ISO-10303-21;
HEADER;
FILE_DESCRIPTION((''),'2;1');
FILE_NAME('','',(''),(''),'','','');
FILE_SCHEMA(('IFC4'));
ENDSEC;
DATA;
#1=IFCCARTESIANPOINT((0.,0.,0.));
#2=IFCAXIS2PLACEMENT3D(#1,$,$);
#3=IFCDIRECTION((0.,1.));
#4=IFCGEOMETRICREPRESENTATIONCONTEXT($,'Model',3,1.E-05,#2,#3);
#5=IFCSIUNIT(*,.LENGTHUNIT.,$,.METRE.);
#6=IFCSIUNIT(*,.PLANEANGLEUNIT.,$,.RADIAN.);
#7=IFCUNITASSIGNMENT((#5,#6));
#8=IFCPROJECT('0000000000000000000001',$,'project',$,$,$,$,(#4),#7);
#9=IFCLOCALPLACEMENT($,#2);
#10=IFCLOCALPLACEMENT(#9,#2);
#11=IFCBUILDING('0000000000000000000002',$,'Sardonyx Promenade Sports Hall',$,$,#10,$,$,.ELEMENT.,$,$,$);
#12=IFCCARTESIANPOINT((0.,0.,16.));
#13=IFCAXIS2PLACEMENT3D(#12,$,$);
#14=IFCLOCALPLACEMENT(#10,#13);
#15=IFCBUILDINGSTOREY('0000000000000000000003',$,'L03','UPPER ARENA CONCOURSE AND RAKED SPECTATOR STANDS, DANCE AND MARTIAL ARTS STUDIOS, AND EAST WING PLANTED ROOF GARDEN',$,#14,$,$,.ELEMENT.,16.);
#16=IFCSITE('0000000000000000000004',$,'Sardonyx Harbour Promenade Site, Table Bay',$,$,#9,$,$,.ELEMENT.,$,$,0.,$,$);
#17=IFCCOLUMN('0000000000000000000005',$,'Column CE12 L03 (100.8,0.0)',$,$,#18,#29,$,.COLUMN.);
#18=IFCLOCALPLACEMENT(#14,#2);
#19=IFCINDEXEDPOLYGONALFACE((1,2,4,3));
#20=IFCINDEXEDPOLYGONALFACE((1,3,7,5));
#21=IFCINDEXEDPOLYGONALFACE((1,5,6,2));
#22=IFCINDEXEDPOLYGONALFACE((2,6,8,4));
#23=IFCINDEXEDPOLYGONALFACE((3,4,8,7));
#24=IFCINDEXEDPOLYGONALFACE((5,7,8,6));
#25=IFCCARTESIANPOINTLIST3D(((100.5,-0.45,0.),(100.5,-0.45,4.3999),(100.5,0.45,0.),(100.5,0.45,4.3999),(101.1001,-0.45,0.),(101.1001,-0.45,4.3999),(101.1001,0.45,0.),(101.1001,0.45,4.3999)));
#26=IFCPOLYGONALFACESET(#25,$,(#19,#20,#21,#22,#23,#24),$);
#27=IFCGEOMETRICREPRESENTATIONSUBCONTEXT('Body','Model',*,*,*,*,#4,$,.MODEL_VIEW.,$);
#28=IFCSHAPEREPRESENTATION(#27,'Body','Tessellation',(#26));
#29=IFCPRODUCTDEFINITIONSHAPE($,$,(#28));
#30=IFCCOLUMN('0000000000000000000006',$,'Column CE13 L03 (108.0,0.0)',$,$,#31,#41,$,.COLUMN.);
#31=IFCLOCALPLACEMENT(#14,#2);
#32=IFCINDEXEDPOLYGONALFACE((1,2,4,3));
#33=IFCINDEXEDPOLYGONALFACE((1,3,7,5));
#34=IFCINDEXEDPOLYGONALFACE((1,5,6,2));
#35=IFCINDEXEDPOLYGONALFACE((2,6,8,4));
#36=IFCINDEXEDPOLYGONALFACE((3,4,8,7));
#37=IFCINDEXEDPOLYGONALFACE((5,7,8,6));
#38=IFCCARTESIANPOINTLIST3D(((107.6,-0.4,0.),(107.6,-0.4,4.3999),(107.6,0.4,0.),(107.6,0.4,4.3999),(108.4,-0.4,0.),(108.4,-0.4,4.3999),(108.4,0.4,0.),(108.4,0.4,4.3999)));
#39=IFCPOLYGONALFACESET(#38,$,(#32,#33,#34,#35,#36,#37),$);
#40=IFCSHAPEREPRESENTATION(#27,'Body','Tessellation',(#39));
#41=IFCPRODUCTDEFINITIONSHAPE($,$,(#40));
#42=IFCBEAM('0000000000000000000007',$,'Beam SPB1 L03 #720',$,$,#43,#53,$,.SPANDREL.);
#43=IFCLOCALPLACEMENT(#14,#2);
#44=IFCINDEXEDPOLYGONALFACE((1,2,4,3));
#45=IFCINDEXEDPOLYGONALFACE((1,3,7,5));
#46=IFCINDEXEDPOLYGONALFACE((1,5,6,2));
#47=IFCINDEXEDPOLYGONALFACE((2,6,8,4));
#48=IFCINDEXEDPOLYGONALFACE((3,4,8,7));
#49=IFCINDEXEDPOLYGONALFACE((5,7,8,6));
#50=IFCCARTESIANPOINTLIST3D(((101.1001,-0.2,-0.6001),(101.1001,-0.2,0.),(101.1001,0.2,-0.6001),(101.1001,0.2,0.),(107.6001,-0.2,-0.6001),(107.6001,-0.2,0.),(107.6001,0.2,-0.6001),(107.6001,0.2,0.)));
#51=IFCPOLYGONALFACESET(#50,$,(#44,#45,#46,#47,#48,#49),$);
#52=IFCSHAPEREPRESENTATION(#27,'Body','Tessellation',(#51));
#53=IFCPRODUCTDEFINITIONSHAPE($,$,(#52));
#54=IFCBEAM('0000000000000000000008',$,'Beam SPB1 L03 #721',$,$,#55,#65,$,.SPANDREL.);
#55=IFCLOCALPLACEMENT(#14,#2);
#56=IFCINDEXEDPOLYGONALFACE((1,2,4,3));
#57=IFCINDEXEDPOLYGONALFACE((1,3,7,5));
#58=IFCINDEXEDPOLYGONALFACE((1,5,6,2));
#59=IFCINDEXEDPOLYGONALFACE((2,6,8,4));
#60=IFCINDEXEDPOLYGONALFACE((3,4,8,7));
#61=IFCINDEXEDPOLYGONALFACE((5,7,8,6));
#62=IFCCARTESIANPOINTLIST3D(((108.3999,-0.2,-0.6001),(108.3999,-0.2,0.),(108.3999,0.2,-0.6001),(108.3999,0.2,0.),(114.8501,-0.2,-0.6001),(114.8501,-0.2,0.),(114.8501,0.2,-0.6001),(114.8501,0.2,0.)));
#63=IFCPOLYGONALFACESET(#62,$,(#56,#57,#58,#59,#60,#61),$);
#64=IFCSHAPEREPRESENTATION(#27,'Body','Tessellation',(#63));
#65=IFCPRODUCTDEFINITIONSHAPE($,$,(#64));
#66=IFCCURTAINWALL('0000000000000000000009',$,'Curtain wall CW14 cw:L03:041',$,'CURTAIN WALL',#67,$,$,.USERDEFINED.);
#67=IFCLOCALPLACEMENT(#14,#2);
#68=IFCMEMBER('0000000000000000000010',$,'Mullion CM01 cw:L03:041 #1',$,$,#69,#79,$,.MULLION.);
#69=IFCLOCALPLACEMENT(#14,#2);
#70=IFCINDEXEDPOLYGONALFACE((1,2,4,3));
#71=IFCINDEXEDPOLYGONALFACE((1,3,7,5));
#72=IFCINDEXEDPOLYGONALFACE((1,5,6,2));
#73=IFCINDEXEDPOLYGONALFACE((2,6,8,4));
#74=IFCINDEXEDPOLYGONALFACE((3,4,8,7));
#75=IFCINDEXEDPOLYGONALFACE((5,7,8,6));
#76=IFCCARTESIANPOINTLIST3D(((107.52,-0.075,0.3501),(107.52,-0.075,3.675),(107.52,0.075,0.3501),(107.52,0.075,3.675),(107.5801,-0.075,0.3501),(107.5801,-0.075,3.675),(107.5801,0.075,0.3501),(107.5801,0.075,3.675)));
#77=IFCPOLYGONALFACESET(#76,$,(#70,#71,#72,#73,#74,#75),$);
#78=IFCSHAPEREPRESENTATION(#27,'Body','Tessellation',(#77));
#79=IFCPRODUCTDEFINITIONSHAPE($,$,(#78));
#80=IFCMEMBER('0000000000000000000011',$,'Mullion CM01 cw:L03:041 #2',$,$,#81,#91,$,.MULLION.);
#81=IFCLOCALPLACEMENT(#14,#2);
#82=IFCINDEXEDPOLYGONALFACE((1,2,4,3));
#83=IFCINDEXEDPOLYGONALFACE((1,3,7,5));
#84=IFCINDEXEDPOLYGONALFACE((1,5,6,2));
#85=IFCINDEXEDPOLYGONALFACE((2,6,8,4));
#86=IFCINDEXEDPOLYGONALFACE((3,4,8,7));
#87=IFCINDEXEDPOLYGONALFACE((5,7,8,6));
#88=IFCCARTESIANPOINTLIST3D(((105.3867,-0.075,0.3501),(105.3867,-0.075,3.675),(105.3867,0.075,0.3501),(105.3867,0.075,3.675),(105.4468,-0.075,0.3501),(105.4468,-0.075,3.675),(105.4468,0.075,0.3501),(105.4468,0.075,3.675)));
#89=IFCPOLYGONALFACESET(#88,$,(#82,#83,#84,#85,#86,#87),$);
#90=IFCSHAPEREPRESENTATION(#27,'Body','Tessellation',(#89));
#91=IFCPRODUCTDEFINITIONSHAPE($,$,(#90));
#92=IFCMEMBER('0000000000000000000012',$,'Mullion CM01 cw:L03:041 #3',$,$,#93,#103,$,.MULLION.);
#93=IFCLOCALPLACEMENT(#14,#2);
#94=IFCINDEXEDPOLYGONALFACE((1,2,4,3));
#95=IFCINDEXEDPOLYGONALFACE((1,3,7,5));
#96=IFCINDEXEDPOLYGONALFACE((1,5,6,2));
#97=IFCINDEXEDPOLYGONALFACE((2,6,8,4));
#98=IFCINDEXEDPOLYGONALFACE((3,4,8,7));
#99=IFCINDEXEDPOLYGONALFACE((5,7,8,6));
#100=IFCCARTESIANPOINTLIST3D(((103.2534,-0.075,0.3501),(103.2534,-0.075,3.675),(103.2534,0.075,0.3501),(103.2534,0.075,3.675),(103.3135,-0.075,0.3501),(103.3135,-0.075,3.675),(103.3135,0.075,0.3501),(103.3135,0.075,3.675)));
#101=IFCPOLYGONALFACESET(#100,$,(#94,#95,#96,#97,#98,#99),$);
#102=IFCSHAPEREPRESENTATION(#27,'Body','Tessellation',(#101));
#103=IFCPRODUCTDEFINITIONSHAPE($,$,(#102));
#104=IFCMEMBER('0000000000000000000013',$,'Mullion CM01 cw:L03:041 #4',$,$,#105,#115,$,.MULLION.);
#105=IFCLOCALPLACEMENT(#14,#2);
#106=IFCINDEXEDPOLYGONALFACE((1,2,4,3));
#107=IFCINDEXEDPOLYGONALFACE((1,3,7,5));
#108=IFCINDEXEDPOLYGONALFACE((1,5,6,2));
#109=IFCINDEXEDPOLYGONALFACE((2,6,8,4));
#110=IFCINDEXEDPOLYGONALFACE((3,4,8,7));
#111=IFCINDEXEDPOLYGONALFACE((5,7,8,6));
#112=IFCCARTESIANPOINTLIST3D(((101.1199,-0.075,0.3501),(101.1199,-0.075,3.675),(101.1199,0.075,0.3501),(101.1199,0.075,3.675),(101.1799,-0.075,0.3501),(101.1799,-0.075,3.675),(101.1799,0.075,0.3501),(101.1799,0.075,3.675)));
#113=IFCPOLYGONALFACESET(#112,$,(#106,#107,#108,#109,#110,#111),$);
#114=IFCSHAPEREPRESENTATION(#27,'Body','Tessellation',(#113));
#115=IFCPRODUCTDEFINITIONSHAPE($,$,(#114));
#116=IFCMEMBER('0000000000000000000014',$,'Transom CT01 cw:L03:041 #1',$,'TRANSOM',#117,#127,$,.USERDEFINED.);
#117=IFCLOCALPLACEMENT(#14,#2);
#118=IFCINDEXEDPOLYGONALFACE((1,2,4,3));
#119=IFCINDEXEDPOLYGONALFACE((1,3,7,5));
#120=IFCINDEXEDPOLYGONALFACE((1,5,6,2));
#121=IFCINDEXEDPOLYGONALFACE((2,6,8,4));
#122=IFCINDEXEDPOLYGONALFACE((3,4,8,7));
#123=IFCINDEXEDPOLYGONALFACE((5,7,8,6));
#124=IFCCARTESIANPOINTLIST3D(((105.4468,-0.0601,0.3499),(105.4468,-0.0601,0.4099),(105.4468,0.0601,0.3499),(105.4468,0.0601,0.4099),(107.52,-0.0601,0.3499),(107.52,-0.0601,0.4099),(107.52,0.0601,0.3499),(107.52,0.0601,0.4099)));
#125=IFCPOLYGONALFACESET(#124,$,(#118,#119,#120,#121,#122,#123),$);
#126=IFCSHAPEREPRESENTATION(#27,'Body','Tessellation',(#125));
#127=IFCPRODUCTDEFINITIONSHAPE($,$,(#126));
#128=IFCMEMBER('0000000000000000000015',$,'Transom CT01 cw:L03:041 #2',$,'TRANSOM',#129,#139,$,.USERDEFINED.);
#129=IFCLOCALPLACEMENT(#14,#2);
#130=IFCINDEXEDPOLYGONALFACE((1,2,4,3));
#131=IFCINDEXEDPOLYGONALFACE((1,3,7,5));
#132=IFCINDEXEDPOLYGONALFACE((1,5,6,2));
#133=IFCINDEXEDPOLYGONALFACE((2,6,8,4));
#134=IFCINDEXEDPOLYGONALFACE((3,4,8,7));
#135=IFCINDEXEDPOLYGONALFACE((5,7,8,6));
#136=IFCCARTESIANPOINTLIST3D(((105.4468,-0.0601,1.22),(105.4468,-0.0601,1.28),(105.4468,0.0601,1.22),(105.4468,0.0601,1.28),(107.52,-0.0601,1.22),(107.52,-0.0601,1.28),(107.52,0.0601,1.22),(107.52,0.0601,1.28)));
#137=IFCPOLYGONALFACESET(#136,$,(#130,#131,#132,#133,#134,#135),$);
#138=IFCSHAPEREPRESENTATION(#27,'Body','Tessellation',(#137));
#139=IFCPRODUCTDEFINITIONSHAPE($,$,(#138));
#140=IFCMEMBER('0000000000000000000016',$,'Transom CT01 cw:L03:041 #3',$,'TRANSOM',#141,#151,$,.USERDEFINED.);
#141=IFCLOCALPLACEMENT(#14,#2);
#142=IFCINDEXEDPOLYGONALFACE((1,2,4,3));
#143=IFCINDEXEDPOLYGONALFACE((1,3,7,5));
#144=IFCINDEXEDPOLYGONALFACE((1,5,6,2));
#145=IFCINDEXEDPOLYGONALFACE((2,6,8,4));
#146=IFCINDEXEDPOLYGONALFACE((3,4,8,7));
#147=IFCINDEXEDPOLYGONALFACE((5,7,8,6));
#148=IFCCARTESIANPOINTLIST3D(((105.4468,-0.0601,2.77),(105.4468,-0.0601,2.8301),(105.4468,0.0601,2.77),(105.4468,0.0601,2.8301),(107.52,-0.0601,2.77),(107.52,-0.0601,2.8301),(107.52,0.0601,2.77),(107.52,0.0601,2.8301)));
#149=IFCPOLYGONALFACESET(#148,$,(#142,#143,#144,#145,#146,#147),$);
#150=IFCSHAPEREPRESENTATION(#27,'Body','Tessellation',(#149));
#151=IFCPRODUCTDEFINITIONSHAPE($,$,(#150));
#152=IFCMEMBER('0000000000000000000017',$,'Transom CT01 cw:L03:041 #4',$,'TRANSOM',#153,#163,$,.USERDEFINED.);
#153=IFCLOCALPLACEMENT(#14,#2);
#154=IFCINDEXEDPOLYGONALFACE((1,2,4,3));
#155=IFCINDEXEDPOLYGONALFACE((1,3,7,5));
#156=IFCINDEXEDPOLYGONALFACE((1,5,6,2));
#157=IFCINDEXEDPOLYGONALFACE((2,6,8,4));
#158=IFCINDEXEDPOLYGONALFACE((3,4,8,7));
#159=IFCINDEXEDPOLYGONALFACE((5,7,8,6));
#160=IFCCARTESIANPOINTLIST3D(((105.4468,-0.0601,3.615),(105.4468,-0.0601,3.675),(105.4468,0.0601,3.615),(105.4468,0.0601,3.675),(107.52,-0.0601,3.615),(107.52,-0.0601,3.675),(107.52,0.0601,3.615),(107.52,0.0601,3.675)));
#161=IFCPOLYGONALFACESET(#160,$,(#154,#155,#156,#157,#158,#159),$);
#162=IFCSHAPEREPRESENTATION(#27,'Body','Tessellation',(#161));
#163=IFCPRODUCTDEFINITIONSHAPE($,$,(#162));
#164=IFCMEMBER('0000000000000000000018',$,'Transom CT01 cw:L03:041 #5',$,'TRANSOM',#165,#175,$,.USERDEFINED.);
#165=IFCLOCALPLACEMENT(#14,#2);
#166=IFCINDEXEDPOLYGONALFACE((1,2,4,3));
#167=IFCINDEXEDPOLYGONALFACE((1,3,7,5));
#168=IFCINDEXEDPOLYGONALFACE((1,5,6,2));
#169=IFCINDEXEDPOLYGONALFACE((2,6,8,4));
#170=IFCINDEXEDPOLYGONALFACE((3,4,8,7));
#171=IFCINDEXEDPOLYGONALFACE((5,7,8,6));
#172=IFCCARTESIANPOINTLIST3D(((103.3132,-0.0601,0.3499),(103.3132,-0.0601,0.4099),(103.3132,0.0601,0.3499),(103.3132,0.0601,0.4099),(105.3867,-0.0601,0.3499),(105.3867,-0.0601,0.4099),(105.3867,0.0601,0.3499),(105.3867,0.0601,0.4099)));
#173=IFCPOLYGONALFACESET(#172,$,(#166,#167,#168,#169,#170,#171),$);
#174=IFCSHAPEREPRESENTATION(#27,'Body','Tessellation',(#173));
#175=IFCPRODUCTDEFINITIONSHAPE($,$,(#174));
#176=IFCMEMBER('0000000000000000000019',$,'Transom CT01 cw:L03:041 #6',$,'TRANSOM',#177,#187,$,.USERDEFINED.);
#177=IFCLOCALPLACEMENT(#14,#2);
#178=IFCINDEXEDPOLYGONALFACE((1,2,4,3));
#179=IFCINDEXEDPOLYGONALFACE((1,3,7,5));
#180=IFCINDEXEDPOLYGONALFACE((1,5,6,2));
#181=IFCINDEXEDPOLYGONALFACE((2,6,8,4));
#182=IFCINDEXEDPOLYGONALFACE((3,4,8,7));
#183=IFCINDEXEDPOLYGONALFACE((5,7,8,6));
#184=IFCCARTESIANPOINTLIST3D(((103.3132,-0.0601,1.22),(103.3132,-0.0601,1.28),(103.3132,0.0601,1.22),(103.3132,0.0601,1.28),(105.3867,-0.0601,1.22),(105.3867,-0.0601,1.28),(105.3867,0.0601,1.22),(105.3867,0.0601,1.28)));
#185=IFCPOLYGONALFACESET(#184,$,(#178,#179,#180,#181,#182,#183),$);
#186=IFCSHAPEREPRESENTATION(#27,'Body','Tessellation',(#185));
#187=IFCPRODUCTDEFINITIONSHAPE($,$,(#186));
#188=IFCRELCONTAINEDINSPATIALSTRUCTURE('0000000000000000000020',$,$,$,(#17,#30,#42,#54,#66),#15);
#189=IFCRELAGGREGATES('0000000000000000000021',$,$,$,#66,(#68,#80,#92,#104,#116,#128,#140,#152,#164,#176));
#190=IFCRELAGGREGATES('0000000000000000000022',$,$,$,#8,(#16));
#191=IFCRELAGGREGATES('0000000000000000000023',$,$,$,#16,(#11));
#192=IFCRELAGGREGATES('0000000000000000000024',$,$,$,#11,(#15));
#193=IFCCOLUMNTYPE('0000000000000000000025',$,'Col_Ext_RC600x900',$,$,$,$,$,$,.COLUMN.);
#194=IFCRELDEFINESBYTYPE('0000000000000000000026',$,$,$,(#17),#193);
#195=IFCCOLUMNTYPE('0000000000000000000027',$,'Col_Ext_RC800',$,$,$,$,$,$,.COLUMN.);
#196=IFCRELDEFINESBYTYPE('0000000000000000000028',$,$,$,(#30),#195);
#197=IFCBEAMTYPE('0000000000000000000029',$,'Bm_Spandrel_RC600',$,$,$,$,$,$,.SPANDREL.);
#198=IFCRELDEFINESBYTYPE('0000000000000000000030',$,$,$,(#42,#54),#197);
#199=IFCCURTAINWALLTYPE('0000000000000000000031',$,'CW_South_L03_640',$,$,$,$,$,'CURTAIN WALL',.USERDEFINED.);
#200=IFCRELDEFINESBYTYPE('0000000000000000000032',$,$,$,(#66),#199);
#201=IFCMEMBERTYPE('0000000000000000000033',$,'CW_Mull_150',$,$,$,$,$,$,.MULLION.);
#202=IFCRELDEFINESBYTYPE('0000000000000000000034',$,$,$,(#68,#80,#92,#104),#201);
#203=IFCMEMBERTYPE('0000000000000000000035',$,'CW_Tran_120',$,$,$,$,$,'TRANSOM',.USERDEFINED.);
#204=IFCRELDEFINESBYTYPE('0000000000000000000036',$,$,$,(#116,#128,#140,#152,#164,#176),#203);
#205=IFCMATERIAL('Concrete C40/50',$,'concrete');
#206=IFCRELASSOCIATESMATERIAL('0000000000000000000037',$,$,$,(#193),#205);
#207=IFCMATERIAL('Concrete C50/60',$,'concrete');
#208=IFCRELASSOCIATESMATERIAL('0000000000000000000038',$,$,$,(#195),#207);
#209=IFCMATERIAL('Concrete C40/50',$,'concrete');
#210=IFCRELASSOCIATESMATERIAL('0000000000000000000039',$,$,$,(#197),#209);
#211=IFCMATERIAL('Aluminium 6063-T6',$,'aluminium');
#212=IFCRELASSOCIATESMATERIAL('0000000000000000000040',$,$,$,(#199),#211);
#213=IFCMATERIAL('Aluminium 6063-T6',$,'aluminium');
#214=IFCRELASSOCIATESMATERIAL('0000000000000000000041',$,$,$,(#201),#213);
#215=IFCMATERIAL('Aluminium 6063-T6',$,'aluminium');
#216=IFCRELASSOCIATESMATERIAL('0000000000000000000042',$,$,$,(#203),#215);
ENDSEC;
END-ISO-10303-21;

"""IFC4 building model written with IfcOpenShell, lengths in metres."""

from ifc_helpers import new_model, si_unit, direction, frame, origin, origin_2d, place, context, subcontext, project, spatial, rectangle, extrude, material, material_profile, profile_set, type_object, element, aggregate, save


model = new_model("IFC4")

# Units and contexts
model_context = context("Model", 3, precision=1e-05, world=origin(), true_north=direction((0.0, 1.0)))
body_context = subcontext(model_context, "Body", "Model", "MODEL_VIEW")
ifc_project = project(units=[si_unit("LENGTHUNIT", "METRE"), si_unit("PLANEANGLEUNIT", "RADIAN")], contexts=[model_context])

# Site, building, storey
site_placement = place(None, origin())
site = spatial("IfcSite", under=ifc_project, at=site_placement, Name="Sardonyx Harbour Promenade Site, Table Bay", CompositionType="ELEMENT", RefElevation=0.0)
building_placement = place(site_placement, origin())
building = spatial("IfcBuilding", under=site, at=building_placement, Name="Sardonyx Promenade Sports Hall", CompositionType="ELEMENT")
storey_placement = place(building_placement, frame((0.0, 0.0, 16.0)))
storey = spatial("IfcBuildingStorey", under=building, at=storey_placement, Name="L03", Description="UPPER ARENA CONCOURSE AND RAKED SPECTATOR STANDS, DANCE AND MARTIAL ARTS STUDIOS, AND EAST WING PLANTED ROOF GARDEN", CompositionType="ELEMENT", Elevation=16.0)

# Columns
ifc_material_1 = material(Name="Concrete C40/50", Category="concrete")
ifc_material_profile_1 = material_profile(ifc_material_1, rectangle(XDim=0.6001, YDim=0.8999, at=origin_2d()))
ifc_profile_set_1 = profile_set([ifc_material_profile_1], Name="Concrete C40/50")
column_type_1 = type_object("IfcColumnType", Name="Col_Ext_RC600x900", PredefinedType="COLUMN", material=ifc_profile_set_1)
column_1_placement = place(storey_placement, frame((100.8, 0.0, 0.0), z_axis=(0.0, 0.0, 1.0), x_axis=(1.0, 0.0, 0.0)))
element("IfcColumn", 1, at=column_1_placement, inside=storey, type_object=column_type_1, Name="Column CE12 L03 (100.8,0.0)", PredefinedType="COLUMN", context=body_context, shape_type="SweptSolid", body=[
    extrude(rectangle(XDim=0.6001, YDim=0.8999, at=origin_2d()), origin(), (0.0, 0.0, 1.0), 4.3999),
])
ifc_material_2 = material(Name="Concrete C50/60", Category="concrete")
ifc_material_profile_2 = material_profile(ifc_material_2, rectangle(XDim=0.8, YDim=0.8, at=origin_2d()))
ifc_profile_set_2 = profile_set([ifc_material_profile_2], Name="Concrete C50/60")
column_type_2 = type_object("IfcColumnType", Name="Col_Ext_RC800", PredefinedType="COLUMN", material=ifc_profile_set_2)
column_2_placement = place(storey_placement, frame((108.0, 0.0, 0.0), z_axis=(0.0, 0.0, 1.0), x_axis=(1.0, 0.0, 0.0)))
element("IfcColumn", 2, at=column_2_placement, inside=storey, type_object=column_type_2, Name="Column CE13 L03 (108.0,0.0)", PredefinedType="COLUMN", context=body_context, shape_type="SweptSolid", body=[
    extrude(rectangle(XDim=0.8, YDim=0.8, at=origin_2d()), origin(), (0.0, 0.0, 1.0), 4.3999),
])

# Beams
ifc_material_3 = material(Name="Concrete C40/50", Category="concrete")
ifc_material_profile_3 = material_profile(ifc_material_3, rectangle(XDim=0.3999, YDim=0.6001, at=origin_2d()))
ifc_profile_set_3 = profile_set([ifc_material_profile_3], Name="Concrete C40/50")
beam_type = type_object("IfcBeamType", Name="Bm_Spandrel_RC600", PredefinedType="SPANDREL", material=ifc_profile_set_3)
beam_1_placement = place(storey_placement, frame((101.1001, 0.0, -0.3), z_axis=(1.0, 0.0, 0.0), x_axis=(0.0, 1.0, 0.0)))
element("IfcBeam", 3, at=beam_1_placement, inside=storey, type_object=beam_type, Name="Beam SPB1 L03 #720", PredefinedType="SPANDREL", context=body_context, shape_type="SweptSolid", body=[
    extrude(rectangle(XDim=0.3999, YDim=0.6001, at=origin_2d()), origin(), (0.0, 0.0, 1.0), 6.5),
])
beam_2_placement = place(storey_placement, frame((108.3999, 0.0, -0.3), z_axis=(1.0, 0.0, 0.0), x_axis=(0.0, 1.0, 0.0)))
element("IfcBeam", 4, at=beam_2_placement, inside=storey, type_object=beam_type, Name="Beam SPB1 L03 #721", PredefinedType="SPANDREL", context=body_context, shape_type="SweptSolid", body=[
    extrude(rectangle(XDim=0.3999, YDim=0.6001, at=origin_2d()), origin(), (0.0, 0.0, 1.0), 6.4502),
])

# Curtain wall, members
ifc_material_4 = material(Name="Aluminium 6063-T6", Category="aluminium")
curtain_wall_type = type_object("IfcCurtainWallType", Name="CW_South_L03_640", ElementType="CURTAIN WALL", PredefinedType="USERDEFINED", material=ifc_material_4)
curtain_wall_placement = place(storey_placement, origin())
curtain_wall = element("IfcCurtainWall", 5, at=curtain_wall_placement, inside=storey, type_object=curtain_wall_type, Name="Curtain wall CW14 cw:L03:041", ObjectType="CURTAIN WALL", PredefinedType="USERDEFINED")
ifc_material_5 = material(Name="Aluminium 6063-T6", Category="aluminium")
ifc_material_profile_4 = material_profile(ifc_material_5, rectangle(XDim=0.0601, YDim=0.1499, at=origin_2d()))
ifc_profile_set_4 = profile_set([ifc_material_profile_4], Name="Aluminium 6063-T6")
member_type_1 = type_object("IfcMemberType", Name="CW_Mull_150", PredefinedType="MULLION", material=ifc_profile_set_4)
member_1_placement = place(storey_placement, frame((107.55, 0.0, 0.3501), z_axis=(0.0, 0.0, 1.0), x_axis=(-1.0, 0.0, 0.0)))
member_1 = element("IfcMember", 6, at=member_1_placement, type_object=member_type_1, Name="Mullion CM01 cw:L03:041 #1", PredefinedType="MULLION", context=body_context, shape_type="SweptSolid", body=[
    extrude(rectangle(XDim=0.0601, YDim=0.1499, at=origin_2d()), origin(), (0.0, 0.0, 1.0), 3.325),
])
member_2_placement = place(storey_placement, frame((105.4167, 0.0, 0.3501), z_axis=(0.0, 0.0, 1.0), x_axis=(-1.0, 0.0, 0.0)))
member_2 = element("IfcMember", 7, at=member_2_placement, type_object=member_type_1, Name="Mullion CM01 cw:L03:041 #2", PredefinedType="MULLION", context=body_context, shape_type="SweptSolid", body=[
    extrude(rectangle(XDim=0.0601, YDim=0.1499, at=origin_2d()), origin(), (0.0, 0.0, 1.0), 3.325),
])
member_3_placement = place(storey_placement, frame((103.2834, 0.0, 0.3501), z_axis=(0.0, 0.0, 1.0), x_axis=(-1.0, 0.0, 0.0)))
member_3 = element("IfcMember", 8, at=member_3_placement, type_object=member_type_1, Name="Mullion CM01 cw:L03:041 #3", PredefinedType="MULLION", context=body_context, shape_type="SweptSolid", body=[
    extrude(rectangle(XDim=0.0601, YDim=0.1499, at=origin_2d()), origin(), (0.0, 0.0, 1.0), 3.325),
])
member_4_placement = place(storey_placement, frame((101.1499, 0.0, 0.3501), z_axis=(0.0, 0.0, 1.0), x_axis=(-1.0, 0.0, 0.0)))
member_4 = element("IfcMember", 9, at=member_4_placement, type_object=member_type_1, Name="Mullion CM01 cw:L03:041 #4", PredefinedType="MULLION", context=body_context, shape_type="SweptSolid", body=[
    extrude(rectangle(XDim=0.0601, YDim=0.1499, at=origin_2d()), origin(), (0.0, 0.0, 1.0), 3.325),
])
ifc_material_6 = material(Name="Aluminium 6063-T6", Category="aluminium")
ifc_material_profile_5 = material_profile(ifc_material_6, rectangle(XDim=0.0601, YDim=0.1201, at=origin_2d()))
ifc_profile_set_5 = profile_set([ifc_material_profile_5], Name="Aluminium 6063-T6")
member_type_2 = type_object("IfcMemberType", Name="CW_Tran_120", ElementType="TRANSOM", PredefinedType="USERDEFINED", material=ifc_profile_set_5)
member_5_placement = place(storey_placement, frame((107.52, 0.0, 0.3799), z_axis=(-1.0, 0.0, 0.0), x_axis=(0.0, 0.0, 1.0)))
member_5 = element("IfcMember", 10, at=member_5_placement, type_object=member_type_2, Name="Transom CT01 cw:L03:041 #1", ObjectType="TRANSOM", PredefinedType="USERDEFINED", context=body_context, shape_type="SweptSolid", body=[
    extrude(rectangle(XDim=0.0601, YDim=0.1201, at=origin_2d()), origin(), (0.0, 0.0, 1.0), 2.0732),
])
member_6_placement = place(storey_placement, frame((107.52, 0.0, 1.25), z_axis=(-1.0, 0.0, 0.0), x_axis=(0.0, 0.0, 1.0)))
member_6 = element("IfcMember", 11, at=member_6_placement, type_object=member_type_2, Name="Transom CT01 cw:L03:041 #2", ObjectType="TRANSOM", PredefinedType="USERDEFINED", context=body_context, shape_type="SweptSolid", body=[
    extrude(rectangle(XDim=0.0601, YDim=0.1201, at=origin_2d()), origin(), (0.0, 0.0, 1.0), 2.0732),
])
member_7_placement = place(storey_placement, frame((107.52, 0.0, 2.8), z_axis=(-1.0, 0.0, 0.0), x_axis=(0.0, 0.0, 1.0)))
member_7 = element("IfcMember", 12, at=member_7_placement, type_object=member_type_2, Name="Transom CT01 cw:L03:041 #3", ObjectType="TRANSOM", PredefinedType="USERDEFINED", context=body_context, shape_type="SweptSolid", body=[
    extrude(rectangle(XDim=0.0601, YDim=0.1201, at=origin_2d()), origin(), (0.0, 0.0, 1.0), 2.0732),
])
member_8_placement = place(storey_placement, frame((107.52, 0.0, 3.645), z_axis=(-1.0, 0.0, 0.0), x_axis=(0.0, 0.0, 1.0)))
member_8 = element("IfcMember", 13, at=member_8_placement, type_object=member_type_2, Name="Transom CT01 cw:L03:041 #4", ObjectType="TRANSOM", PredefinedType="USERDEFINED", context=body_context, shape_type="SweptSolid", body=[
    extrude(rectangle(XDim=0.0601, YDim=0.1201, at=origin_2d()), origin(), (0.0, 0.0, 1.0), 2.0732),
])
member_9_placement = place(storey_placement, frame((105.3867, 0.0, 0.3799), z_axis=(-1.0, 0.0, 0.0), x_axis=(0.0, 0.0, 1.0)))
member_9 = element("IfcMember", 14, at=member_9_placement, type_object=member_type_2, Name="Transom CT01 cw:L03:041 #5", ObjectType="TRANSOM", PredefinedType="USERDEFINED", context=body_context, shape_type="SweptSolid", body=[
    extrude(rectangle(XDim=0.0601, YDim=0.1201, at=origin_2d()), origin(), (0.0, 0.0, 1.0), 2.0735),
])
member_10_placement = place(storey_placement, frame((105.3867, 0.0, 1.25), z_axis=(-1.0, 0.0, 0.0), x_axis=(0.0, 0.0, 1.0)))
member_10 = element("IfcMember", 15, at=member_10_placement, type_object=member_type_2, Name="Transom CT01 cw:L03:041 #6", ObjectType="TRANSOM", PredefinedType="USERDEFINED", context=body_context, shape_type="SweptSolid", body=[
    extrude(rectangle(XDim=0.0601, YDim=0.1201, at=origin_2d()), origin(), (0.0, 0.0, 1.0), 2.0735),
])
aggregate(curtain_wall, [member_1, member_2, member_3, member_4, member_5, member_6, member_7, member_8, member_9, member_10])

save(model, "model.ifc")
